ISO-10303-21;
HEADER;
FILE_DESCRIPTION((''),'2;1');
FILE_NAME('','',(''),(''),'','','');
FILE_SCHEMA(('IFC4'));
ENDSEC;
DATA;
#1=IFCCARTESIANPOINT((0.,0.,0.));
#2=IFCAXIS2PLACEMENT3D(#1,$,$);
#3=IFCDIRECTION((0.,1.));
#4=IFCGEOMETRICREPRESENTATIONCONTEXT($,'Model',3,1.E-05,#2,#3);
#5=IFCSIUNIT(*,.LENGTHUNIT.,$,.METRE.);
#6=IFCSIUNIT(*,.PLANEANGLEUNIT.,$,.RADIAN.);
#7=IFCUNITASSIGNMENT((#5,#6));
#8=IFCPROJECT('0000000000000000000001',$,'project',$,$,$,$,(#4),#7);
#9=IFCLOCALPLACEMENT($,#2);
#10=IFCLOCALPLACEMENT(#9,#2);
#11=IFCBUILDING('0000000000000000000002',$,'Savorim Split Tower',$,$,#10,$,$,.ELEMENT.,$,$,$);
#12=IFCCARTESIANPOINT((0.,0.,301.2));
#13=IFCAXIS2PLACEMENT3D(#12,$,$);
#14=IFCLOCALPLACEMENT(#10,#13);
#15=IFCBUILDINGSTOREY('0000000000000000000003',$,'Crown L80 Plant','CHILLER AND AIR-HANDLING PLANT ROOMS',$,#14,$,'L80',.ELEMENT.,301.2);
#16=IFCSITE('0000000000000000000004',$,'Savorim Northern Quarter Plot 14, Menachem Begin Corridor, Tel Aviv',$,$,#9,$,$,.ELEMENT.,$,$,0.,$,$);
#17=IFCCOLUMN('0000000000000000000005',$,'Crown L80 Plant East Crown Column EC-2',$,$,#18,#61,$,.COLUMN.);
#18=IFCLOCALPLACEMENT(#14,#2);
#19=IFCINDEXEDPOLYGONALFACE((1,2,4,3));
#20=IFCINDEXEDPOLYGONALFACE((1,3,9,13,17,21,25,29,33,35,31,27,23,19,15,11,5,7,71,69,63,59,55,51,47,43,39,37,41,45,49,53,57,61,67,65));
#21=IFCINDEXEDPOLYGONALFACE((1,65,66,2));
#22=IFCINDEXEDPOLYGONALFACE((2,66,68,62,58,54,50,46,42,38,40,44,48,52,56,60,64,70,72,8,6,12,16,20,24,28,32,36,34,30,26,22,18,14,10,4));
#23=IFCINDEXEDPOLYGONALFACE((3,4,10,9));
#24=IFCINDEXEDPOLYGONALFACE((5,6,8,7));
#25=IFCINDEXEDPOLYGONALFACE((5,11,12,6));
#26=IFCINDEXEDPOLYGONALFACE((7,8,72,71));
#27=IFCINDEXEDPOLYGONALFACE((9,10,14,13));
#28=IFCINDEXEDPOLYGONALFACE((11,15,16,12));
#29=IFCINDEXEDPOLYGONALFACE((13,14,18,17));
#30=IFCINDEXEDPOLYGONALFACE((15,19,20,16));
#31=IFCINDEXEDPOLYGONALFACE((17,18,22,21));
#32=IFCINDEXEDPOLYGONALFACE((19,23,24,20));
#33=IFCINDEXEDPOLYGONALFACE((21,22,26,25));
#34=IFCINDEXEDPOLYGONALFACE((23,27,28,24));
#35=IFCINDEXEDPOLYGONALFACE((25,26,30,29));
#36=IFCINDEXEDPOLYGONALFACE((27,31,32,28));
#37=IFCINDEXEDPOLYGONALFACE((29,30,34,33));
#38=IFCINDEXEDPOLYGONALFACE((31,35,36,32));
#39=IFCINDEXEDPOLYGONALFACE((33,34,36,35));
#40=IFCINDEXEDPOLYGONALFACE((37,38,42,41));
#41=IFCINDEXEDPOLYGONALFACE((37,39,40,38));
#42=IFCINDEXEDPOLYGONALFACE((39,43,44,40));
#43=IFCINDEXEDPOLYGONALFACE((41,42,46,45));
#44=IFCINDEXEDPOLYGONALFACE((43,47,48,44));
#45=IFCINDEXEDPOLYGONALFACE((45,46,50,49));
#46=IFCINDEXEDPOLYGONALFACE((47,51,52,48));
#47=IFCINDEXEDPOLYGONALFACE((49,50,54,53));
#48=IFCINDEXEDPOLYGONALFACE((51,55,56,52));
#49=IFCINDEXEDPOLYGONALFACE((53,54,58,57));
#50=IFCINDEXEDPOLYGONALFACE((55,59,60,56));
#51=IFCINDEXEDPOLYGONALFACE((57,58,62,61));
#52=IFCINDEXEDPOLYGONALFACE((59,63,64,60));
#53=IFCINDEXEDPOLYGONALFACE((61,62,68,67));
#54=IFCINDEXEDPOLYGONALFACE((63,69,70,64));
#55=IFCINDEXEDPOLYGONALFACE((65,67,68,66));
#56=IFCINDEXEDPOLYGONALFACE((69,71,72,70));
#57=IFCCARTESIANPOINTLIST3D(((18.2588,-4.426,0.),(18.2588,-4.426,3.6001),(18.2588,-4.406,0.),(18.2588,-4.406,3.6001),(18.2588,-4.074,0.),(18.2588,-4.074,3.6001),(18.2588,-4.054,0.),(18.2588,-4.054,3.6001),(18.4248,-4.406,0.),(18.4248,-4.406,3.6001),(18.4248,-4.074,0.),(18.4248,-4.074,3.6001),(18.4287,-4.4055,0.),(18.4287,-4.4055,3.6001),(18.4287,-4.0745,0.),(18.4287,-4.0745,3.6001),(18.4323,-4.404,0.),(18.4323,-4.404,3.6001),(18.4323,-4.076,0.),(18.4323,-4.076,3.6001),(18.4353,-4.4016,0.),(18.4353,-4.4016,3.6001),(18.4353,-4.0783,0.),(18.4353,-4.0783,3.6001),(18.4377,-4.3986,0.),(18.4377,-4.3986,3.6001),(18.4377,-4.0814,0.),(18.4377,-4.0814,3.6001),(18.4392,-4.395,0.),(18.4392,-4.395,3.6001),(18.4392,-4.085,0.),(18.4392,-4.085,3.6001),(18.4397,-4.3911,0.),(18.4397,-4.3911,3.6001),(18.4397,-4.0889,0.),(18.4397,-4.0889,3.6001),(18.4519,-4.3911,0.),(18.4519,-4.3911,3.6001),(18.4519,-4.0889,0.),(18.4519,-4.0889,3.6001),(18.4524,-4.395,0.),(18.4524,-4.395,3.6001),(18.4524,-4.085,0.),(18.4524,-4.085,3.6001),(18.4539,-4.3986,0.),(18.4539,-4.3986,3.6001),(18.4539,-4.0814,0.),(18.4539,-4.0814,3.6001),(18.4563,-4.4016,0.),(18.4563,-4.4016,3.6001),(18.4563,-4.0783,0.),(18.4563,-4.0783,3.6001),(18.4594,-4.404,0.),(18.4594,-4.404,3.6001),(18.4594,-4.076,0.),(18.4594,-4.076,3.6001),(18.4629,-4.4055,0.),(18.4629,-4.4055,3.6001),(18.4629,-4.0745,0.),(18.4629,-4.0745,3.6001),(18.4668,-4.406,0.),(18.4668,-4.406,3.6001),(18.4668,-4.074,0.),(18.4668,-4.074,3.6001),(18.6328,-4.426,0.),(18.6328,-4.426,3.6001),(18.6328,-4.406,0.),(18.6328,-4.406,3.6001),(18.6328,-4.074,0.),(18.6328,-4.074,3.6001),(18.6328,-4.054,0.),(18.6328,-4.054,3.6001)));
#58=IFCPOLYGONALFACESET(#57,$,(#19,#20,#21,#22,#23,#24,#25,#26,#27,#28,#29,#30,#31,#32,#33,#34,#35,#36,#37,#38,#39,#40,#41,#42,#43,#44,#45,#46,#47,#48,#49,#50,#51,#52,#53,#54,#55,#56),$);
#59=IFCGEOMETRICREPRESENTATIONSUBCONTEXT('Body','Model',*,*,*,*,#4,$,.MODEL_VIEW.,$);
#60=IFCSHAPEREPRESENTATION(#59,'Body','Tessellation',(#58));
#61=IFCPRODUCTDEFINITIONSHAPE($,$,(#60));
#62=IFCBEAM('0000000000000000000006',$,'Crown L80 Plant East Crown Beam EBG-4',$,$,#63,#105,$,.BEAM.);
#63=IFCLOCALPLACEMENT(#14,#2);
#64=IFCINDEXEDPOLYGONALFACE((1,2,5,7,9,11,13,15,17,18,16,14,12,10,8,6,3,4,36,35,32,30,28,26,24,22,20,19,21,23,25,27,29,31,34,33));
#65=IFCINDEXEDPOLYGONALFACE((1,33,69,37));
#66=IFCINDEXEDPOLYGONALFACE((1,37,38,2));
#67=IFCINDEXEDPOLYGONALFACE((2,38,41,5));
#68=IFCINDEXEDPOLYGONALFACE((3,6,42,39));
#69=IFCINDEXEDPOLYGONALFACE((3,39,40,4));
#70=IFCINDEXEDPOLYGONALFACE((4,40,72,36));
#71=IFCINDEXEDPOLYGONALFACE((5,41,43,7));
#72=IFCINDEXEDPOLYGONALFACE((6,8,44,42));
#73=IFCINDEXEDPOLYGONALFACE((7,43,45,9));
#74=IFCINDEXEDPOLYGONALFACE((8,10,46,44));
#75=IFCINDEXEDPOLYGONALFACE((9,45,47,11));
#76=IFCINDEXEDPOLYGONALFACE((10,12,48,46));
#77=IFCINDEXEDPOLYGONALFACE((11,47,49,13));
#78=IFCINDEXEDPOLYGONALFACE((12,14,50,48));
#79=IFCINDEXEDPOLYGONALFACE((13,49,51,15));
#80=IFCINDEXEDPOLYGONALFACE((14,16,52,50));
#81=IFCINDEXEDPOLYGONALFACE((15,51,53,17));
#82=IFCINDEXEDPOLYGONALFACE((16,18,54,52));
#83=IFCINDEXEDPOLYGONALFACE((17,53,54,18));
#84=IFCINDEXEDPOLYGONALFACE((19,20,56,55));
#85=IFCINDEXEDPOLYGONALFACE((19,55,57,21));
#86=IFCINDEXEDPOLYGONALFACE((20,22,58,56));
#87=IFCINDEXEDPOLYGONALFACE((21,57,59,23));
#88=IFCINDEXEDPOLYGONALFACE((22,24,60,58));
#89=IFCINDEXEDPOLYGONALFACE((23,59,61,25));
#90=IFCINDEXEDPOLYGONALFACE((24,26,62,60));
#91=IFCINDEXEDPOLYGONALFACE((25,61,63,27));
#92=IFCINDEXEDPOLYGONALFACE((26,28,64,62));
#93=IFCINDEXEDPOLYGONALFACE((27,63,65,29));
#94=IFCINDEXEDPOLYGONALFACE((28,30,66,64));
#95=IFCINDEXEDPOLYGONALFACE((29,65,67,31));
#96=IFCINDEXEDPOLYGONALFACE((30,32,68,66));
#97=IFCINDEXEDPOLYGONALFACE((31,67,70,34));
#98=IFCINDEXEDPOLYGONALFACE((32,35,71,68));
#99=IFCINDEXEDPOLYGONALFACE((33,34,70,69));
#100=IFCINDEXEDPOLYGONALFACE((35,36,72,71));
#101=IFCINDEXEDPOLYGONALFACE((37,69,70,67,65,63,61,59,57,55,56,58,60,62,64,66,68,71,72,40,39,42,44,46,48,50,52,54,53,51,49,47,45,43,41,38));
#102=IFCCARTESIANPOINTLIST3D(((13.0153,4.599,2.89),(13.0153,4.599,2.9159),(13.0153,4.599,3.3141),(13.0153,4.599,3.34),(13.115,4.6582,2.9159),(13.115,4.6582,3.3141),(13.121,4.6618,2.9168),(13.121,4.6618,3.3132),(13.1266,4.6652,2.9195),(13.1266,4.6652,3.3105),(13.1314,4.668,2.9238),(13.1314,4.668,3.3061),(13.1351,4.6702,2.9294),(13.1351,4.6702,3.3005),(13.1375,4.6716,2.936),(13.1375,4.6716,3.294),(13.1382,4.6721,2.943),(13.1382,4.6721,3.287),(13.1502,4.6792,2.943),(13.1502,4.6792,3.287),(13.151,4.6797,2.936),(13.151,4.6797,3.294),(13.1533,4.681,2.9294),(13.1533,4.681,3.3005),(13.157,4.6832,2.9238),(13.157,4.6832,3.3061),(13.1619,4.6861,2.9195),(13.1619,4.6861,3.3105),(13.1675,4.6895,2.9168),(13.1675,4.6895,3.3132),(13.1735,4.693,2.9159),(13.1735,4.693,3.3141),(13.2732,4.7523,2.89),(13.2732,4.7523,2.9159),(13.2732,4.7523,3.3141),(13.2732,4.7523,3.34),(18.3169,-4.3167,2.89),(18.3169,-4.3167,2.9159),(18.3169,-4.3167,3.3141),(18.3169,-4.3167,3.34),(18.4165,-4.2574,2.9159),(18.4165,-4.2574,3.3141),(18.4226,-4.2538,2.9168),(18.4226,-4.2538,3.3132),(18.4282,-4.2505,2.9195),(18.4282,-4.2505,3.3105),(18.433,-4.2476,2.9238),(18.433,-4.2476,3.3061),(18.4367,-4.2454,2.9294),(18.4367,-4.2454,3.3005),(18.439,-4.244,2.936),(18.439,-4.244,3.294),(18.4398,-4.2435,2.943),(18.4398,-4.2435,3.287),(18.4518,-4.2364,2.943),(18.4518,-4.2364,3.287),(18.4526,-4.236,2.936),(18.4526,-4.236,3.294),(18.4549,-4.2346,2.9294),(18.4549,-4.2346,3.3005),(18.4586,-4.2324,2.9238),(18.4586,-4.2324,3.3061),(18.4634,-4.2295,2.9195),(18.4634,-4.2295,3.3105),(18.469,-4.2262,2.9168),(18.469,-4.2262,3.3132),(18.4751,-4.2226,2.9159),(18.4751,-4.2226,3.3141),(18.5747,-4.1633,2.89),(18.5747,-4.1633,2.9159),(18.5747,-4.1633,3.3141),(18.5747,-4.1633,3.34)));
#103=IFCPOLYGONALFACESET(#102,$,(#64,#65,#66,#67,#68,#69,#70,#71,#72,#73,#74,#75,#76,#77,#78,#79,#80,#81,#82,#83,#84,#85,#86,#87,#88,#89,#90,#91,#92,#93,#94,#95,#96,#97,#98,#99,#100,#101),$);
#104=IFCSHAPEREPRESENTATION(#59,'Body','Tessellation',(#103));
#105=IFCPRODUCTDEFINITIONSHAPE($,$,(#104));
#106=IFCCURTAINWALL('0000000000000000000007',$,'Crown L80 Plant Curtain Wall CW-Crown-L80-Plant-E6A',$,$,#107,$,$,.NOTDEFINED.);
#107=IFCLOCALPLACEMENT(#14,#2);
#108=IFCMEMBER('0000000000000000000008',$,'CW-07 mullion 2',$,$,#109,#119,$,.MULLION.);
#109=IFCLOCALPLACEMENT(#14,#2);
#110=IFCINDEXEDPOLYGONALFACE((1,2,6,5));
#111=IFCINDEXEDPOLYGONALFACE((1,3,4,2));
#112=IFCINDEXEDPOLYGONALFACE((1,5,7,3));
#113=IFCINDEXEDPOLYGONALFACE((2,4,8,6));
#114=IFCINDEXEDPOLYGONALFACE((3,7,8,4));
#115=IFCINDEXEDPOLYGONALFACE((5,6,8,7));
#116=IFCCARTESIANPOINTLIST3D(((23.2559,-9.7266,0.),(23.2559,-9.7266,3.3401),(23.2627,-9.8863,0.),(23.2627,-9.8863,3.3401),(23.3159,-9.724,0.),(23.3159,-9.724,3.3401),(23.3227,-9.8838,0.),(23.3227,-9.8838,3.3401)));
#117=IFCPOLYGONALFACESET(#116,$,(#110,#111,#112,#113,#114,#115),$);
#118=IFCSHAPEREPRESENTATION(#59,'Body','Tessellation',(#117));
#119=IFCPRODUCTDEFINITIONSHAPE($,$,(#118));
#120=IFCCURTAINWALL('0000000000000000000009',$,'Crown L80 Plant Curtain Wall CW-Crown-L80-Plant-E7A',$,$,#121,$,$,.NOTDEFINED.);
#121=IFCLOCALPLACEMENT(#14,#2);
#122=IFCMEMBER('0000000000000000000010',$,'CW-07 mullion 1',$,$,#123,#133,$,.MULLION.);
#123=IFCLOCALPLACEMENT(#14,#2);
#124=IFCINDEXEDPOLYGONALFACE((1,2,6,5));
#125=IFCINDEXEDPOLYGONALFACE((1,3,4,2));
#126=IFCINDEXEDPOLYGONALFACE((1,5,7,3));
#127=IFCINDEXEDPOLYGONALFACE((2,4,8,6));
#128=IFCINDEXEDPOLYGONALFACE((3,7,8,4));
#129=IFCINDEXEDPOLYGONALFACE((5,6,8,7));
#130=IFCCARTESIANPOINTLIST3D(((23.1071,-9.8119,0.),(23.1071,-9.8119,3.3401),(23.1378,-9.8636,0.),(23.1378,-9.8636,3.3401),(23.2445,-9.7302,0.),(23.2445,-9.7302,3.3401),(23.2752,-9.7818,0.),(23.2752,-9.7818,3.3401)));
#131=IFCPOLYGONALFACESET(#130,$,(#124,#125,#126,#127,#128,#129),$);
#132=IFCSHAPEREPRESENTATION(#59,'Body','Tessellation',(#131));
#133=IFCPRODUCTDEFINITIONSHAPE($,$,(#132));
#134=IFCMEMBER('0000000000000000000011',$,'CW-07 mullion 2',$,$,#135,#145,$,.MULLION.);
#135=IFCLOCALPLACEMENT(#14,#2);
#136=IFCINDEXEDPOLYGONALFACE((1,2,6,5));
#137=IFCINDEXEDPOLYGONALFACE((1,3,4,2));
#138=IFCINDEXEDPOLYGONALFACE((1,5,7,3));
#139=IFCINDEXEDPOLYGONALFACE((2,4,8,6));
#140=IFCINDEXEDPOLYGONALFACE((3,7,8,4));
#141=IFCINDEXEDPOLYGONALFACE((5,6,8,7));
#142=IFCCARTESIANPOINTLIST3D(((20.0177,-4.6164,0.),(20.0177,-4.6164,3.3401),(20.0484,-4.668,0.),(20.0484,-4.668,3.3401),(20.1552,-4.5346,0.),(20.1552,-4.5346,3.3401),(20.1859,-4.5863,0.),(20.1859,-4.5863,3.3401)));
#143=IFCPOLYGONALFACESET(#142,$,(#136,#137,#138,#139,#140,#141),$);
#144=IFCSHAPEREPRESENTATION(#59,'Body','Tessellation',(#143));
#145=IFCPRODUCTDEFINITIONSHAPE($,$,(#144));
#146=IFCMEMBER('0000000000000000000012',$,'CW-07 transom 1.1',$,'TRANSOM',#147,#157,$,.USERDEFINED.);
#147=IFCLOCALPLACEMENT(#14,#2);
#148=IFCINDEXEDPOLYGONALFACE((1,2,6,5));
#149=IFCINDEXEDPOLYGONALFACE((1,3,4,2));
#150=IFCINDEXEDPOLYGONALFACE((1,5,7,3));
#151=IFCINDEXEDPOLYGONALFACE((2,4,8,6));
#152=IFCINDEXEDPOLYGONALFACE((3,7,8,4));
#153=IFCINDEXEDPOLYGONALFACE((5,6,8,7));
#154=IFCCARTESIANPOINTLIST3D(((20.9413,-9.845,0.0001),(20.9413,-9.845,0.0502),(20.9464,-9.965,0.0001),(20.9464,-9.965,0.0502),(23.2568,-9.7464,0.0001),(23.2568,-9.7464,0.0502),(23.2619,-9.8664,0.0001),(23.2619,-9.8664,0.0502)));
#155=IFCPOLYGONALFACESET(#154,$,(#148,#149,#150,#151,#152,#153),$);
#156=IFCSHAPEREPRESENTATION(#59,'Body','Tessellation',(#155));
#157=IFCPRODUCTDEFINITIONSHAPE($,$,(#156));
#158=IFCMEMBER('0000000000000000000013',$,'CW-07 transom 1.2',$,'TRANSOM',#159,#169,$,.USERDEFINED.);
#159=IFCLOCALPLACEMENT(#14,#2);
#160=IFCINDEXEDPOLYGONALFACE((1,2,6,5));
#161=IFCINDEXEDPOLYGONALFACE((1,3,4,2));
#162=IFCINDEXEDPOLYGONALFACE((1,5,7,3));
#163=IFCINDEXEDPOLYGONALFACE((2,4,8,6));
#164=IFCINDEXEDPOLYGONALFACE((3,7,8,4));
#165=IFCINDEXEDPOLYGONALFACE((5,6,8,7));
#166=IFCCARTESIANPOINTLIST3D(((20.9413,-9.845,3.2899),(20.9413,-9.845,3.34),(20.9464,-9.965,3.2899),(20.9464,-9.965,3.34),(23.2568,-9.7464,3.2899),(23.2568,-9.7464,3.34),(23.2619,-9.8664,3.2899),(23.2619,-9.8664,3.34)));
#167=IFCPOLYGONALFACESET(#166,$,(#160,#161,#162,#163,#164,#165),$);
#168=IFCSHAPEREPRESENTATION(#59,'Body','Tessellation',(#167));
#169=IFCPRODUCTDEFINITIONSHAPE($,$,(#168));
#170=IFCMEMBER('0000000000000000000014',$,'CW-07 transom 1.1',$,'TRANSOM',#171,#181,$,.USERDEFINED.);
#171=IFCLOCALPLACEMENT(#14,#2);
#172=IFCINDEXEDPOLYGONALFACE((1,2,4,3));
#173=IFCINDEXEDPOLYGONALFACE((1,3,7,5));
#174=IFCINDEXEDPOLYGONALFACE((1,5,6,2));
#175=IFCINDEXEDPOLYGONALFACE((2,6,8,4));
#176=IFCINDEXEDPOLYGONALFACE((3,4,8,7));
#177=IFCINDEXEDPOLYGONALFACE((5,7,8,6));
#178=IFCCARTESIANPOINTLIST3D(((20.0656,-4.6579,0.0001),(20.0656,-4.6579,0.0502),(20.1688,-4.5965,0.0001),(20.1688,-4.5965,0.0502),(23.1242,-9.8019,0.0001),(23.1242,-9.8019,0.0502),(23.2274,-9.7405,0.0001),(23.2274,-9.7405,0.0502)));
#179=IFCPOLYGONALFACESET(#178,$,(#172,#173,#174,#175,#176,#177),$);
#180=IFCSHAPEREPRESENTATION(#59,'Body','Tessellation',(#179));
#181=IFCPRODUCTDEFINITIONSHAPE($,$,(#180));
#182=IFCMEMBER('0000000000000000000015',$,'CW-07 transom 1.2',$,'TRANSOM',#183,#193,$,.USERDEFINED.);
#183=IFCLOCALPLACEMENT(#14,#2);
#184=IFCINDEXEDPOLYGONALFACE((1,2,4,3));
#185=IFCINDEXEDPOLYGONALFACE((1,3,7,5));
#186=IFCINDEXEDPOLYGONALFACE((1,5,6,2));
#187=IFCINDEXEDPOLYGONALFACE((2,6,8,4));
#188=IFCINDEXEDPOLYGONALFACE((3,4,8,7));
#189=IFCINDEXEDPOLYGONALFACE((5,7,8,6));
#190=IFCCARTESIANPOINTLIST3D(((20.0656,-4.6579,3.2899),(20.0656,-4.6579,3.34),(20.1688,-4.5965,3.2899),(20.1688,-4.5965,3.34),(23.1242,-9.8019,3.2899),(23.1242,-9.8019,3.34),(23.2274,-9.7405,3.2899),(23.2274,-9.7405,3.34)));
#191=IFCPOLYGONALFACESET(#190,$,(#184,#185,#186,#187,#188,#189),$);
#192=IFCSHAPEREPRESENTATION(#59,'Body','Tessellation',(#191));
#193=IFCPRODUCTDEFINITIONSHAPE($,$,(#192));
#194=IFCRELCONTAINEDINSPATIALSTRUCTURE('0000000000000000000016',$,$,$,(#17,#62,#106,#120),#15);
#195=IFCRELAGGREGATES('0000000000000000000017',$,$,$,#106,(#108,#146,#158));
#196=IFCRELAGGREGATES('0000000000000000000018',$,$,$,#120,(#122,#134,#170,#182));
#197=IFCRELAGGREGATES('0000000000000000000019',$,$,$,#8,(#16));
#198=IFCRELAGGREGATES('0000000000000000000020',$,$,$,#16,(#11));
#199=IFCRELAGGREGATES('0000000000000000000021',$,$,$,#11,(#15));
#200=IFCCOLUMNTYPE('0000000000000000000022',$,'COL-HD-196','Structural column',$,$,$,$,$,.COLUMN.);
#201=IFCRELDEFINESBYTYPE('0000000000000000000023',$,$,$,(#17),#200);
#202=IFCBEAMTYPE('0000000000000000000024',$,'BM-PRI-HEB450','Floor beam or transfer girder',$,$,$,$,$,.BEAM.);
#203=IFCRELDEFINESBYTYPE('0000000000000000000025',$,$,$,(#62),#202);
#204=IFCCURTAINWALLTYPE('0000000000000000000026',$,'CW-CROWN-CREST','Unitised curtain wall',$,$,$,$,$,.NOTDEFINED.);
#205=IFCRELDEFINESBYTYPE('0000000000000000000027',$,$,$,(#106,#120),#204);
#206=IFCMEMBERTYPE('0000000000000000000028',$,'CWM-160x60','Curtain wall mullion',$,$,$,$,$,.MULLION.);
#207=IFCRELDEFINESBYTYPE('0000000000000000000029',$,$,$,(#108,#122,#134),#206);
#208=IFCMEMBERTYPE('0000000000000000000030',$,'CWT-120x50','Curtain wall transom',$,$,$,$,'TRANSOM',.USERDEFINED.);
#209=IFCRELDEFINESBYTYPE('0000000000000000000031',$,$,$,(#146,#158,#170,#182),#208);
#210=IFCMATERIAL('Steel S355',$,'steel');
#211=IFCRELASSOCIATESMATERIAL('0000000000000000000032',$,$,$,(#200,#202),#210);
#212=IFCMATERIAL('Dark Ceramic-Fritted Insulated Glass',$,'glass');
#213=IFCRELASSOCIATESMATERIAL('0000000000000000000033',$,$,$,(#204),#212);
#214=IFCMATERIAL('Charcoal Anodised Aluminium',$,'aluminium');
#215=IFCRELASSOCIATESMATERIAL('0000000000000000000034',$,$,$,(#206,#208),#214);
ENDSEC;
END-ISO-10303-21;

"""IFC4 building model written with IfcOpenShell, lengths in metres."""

from ifc_helpers import new_model, si_unit, direction, frame, origin, origin_2d, place, context, subcontext, project, spatial, rectangle, i_section, extrude, material, material_profile, profile_set, type_object, element, aggregate, save


model = new_model("IFC4")

# Units and contexts
model_context = context("Model", 3, precision=1e-05, world=origin(), true_north=direction((0.0, 1.0)))
body_context = subcontext(model_context, "Body", "Model", "MODEL_VIEW")
ifc_project = project(units=[si_unit("LENGTHUNIT", "METRE"), si_unit("PLANEANGLEUNIT", "RADIAN")], contexts=[model_context])

# Site, building, storey
site_placement = place(None, origin())
site = spatial("IfcSite", under=ifc_project, at=site_placement, Name="Savorim Northern Quarter Plot 14, Menachem Begin Corridor, Tel Aviv", CompositionType="ELEMENT", RefElevation=0.0)
building_placement = place(site_placement, origin())
building = spatial("IfcBuilding", under=site, at=building_placement, Name="Savorim Split Tower", CompositionType="ELEMENT")
storey_placement = place(building_placement, frame((0.0, 0.0, 301.2)))
storey = spatial("IfcBuildingStorey", under=building, at=storey_placement, Name="Crown L80 Plant", Description="CHILLER AND AIR-HANDLING PLANT ROOMS", LongName="L80", CompositionType="ELEMENT", Elevation=301.2)

# Column
ifc_material_1 = material(Name="Steel S355", Category="steel")
ifc_material_profile_1 = material_profile(ifc_material_1, i_section(OverallWidth=0.374, OverallDepth=0.3721, WebThickness=0.0122, FlangeThickness=0.02, FilletRadius=0.0149, at=origin_2d()), Name="HD 360x196")
ifc_profile_set_1 = profile_set([ifc_material_profile_1], Name="Steel S355")
column_type = type_object("IfcColumnType", Name="COL-HD-196", Description="Structural column", PredefinedType="COLUMN", material=ifc_profile_set_1)
column_placement = place(storey_placement, frame((18.4458, -4.24, 0.0), z_axis=(0.0, 0.0, 1.0), x_axis=(1.0, 0.0, 0.0)))
element("IfcColumn", 1, at=column_placement, inside=storey, type_object=column_type, Name="Crown L80 Plant East Crown Column EC-2", PredefinedType="COLUMN", context=body_context, shape_type="SweptSolid", body=[
    extrude(i_section(OverallWidth=0.374, OverallDepth=0.3721, WebThickness=0.0122, FlangeThickness=0.02, FilletRadius=0.0149, at=origin_2d()), origin(), (0.0, 0.0, 1.0), 3.6001),
])

# Beam
ifc_material_profile_2 = material_profile(ifc_material_1, i_section(OverallWidth=0.3, OverallDepth=0.45, WebThickness=0.0139, FlangeThickness=0.0259, FilletRadius=0.0271, at=origin_2d()), Name="HEB 450")
ifc_profile_set_2 = profile_set([ifc_material_profile_2], Name="Steel S355")
beam_type = type_object("IfcBeamType", Name="BM-PRI-HEB450", Description="Floor beam or transfer girder", PredefinedType="BEAM", material=ifc_profile_set_2)
beam_placement = place(storey_placement, frame((18.4458, -4.24, 3.115), z_axis=(-0.511103, 0.859519, 0.0), x_axis=(-0.859519, -0.511103, 0.0)))
element("IfcBeam", 2, at=beam_placement, inside=storey, type_object=beam_type, Name="Crown L80 Plant East Crown Beam EBG-4", PredefinedType="BEAM", context=body_context, shape_type="SweptSolid", body=[
    extrude(i_section(OverallWidth=0.3, OverallDepth=0.45, WebThickness=0.0139, FlangeThickness=0.0259, FilletRadius=0.0271, at=origin_2d()), origin(), (0.0, 0.0, 1.0), 10.3728),
])

# Curtain wall, member
ifc_material_2 = material(Name="Dark Ceramic-Fritted Insulated Glass", Category="glass")
curtain_wall_type = type_object("IfcCurtainWallType", Name="CW-CROWN-CREST", Description="Unitised curtain wall", PredefinedType="NOTDEFINED", material=ifc_material_2)
curtain_wall_1_placement = place(storey_placement, origin())
curtain_wall_1 = element("IfcCurtainWall", 3, at=curtain_wall_1_placement, inside=storey, type_object=curtain_wall_type, Name="Crown L80 Plant Curtain Wall CW-Crown-L80-Plant-E6A", PredefinedType="NOTDEFINED")
ifc_material_3 = material(Name="Charcoal Anodised Aluminium", Category="aluminium")
ifc_material_profile_3 = material_profile(ifc_material_3, rectangle(XDim=0.1599, YDim=0.0601, at=origin_2d()), Name="ALU-M 160x60")
ifc_profile_set_3 = profile_set([ifc_material_profile_3], Name="Charcoal Anodised Aluminium")
member_type_1 = type_object("IfcMemberType", Name="CWM-160x60", Description="Curtain wall mullion", PredefinedType="MULLION", material=ifc_profile_set_3)
member_1_placement = place(storey_placement, frame((23.2893, -9.8052, 0.0), z_axis=(0.0, 0.0, 1.0), x_axis=(-0.042504, 0.999096, 0.0)))
member_1 = element("IfcMember", 4, at=member_1_placement, type_object=member_type_1, Name="CW-07 mullion 2", PredefinedType="MULLION", context=body_context, shape_type="SweptSolid", body=[
    extrude(rectangle(XDim=0.1599, YDim=0.0601, at=origin_2d()), origin(), (0.0, 0.0, 1.0), 3.3401),
])

# Curtain wall, members
curtain_wall_2_placement = place(storey_placement, origin())
curtain_wall_2 = element("IfcCurtainWall", 5, at=curtain_wall_2_placement, inside=storey, type_object=curtain_wall_type, Name="Crown L80 Plant Curtain Wall CW-Crown-L80-Plant-E7A", PredefinedType="NOTDEFINED")
member_2_placement = place(storey_placement, frame((23.1912, -9.7969, 0.0), z_axis=(0.0, 0.0, 1.0), x_axis=(-0.859524, -0.511095, 0.0)))
member_2 = element("IfcMember", 6, at=member_2_placement, type_object=member_type_1, Name="CW-07 mullion 1", PredefinedType="MULLION", context=body_context, shape_type="SweptSolid", body=[
    extrude(rectangle(XDim=0.1599, YDim=0.0601, at=origin_2d()), origin(), (0.0, 0.0, 1.0), 3.3401),
])
member_3_placement = place(storey_placement, frame((20.1018, -4.6013, 0.0), z_axis=(0.0, 0.0, 1.0), x_axis=(-0.859524, -0.511095, 0.0)))
member_3 = element("IfcMember", 7, at=member_3_placement, type_object=member_type_1, Name="CW-07 mullion 2", PredefinedType="MULLION", context=body_context, shape_type="SweptSolid", body=[
    extrude(rectangle(XDim=0.1599, YDim=0.0601, at=origin_2d()), origin(), (0.0, 0.0, 1.0), 3.3401),
])

# Members
ifc_material_profile_4 = material_profile(ifc_material_3, rectangle(XDim=0.1201, YDim=0.05, at=origin_2d()), Name="ALU-T 120x50")
ifc_profile_set_4 = profile_set([ifc_material_profile_4], Name="Charcoal Anodised Aluminium")
member_type_2 = type_object("IfcMemberType", Name="CWT-120x50", Description="Curtain wall transom", ElementType="TRANSOM", PredefinedType="USERDEFINED", material=ifc_profile_set_4)
member_4_placement = place(storey_placement, frame((20.9438, -9.905, 0.0251), z_axis=(0.999094, 0.042559, 0.0), x_axis=(-0.042559, 0.999094, 0.0)))
member_4 = element("IfcMember", 8, at=member_4_placement, type_object=member_type_2, Name="CW-07 transom 1.1", ObjectType="TRANSOM", PredefinedType="USERDEFINED", context=body_context, shape_type="SweptSolid", body=[
    extrude(rectangle(XDim=0.1201, YDim=0.05, at=origin_2d()), origin(), (0.0, 0.0, 1.0), 2.3176),
])
member_5_placement = place(storey_placement, frame((20.9438, -9.905, 3.3149), z_axis=(0.999094, 0.042559, 0.0), x_axis=(-0.042559, 0.999094, 0.0)))
member_5 = element("IfcMember", 9, at=member_5_placement, type_object=member_type_2, Name="CW-07 transom 1.2", ObjectType="TRANSOM", PredefinedType="USERDEFINED", context=body_context, shape_type="SweptSolid", body=[
    extrude(rectangle(XDim=0.1201, YDim=0.05, at=origin_2d()), origin(), (0.0, 0.0, 1.0), 2.3176),
])
member_6_placement = place(storey_placement, frame((23.1758, -9.7712, 0.0251), z_axis=(-0.511072, 0.859538, 0.0), x_axis=(-0.859538, -0.511072, 0.0)))
member_6 = element("IfcMember", 10, at=member_6_placement, type_object=member_type_2, Name="CW-07 transom 1.1", ObjectType="TRANSOM", PredefinedType="USERDEFINED", context=body_context, shape_type="SweptSolid", body=[
    extrude(rectangle(XDim=0.1201, YDim=0.05, at=origin_2d()), origin(), (0.0, 0.0, 1.0), 5.9846),
])
member_7_placement = place(storey_placement, frame((23.1758, -9.7712, 3.3149), z_axis=(-0.511072, 0.859538, 0.0), x_axis=(-0.859538, -0.511072, 0.0)))
member_7 = element("IfcMember", 11, at=member_7_placement, type_object=member_type_2, Name="CW-07 transom 1.2", ObjectType="TRANSOM", PredefinedType="USERDEFINED", context=body_context, shape_type="SweptSolid", body=[
    extrude(rectangle(XDim=0.1201, YDim=0.05, at=origin_2d()), origin(), (0.0, 0.0, 1.0), 5.9846),
])

aggregate(curtain_wall_1, [member_1, member_4, member_5])
aggregate(curtain_wall_2, [member_2, member_3, member_6, member_7])

save(model, "model.ifc")
